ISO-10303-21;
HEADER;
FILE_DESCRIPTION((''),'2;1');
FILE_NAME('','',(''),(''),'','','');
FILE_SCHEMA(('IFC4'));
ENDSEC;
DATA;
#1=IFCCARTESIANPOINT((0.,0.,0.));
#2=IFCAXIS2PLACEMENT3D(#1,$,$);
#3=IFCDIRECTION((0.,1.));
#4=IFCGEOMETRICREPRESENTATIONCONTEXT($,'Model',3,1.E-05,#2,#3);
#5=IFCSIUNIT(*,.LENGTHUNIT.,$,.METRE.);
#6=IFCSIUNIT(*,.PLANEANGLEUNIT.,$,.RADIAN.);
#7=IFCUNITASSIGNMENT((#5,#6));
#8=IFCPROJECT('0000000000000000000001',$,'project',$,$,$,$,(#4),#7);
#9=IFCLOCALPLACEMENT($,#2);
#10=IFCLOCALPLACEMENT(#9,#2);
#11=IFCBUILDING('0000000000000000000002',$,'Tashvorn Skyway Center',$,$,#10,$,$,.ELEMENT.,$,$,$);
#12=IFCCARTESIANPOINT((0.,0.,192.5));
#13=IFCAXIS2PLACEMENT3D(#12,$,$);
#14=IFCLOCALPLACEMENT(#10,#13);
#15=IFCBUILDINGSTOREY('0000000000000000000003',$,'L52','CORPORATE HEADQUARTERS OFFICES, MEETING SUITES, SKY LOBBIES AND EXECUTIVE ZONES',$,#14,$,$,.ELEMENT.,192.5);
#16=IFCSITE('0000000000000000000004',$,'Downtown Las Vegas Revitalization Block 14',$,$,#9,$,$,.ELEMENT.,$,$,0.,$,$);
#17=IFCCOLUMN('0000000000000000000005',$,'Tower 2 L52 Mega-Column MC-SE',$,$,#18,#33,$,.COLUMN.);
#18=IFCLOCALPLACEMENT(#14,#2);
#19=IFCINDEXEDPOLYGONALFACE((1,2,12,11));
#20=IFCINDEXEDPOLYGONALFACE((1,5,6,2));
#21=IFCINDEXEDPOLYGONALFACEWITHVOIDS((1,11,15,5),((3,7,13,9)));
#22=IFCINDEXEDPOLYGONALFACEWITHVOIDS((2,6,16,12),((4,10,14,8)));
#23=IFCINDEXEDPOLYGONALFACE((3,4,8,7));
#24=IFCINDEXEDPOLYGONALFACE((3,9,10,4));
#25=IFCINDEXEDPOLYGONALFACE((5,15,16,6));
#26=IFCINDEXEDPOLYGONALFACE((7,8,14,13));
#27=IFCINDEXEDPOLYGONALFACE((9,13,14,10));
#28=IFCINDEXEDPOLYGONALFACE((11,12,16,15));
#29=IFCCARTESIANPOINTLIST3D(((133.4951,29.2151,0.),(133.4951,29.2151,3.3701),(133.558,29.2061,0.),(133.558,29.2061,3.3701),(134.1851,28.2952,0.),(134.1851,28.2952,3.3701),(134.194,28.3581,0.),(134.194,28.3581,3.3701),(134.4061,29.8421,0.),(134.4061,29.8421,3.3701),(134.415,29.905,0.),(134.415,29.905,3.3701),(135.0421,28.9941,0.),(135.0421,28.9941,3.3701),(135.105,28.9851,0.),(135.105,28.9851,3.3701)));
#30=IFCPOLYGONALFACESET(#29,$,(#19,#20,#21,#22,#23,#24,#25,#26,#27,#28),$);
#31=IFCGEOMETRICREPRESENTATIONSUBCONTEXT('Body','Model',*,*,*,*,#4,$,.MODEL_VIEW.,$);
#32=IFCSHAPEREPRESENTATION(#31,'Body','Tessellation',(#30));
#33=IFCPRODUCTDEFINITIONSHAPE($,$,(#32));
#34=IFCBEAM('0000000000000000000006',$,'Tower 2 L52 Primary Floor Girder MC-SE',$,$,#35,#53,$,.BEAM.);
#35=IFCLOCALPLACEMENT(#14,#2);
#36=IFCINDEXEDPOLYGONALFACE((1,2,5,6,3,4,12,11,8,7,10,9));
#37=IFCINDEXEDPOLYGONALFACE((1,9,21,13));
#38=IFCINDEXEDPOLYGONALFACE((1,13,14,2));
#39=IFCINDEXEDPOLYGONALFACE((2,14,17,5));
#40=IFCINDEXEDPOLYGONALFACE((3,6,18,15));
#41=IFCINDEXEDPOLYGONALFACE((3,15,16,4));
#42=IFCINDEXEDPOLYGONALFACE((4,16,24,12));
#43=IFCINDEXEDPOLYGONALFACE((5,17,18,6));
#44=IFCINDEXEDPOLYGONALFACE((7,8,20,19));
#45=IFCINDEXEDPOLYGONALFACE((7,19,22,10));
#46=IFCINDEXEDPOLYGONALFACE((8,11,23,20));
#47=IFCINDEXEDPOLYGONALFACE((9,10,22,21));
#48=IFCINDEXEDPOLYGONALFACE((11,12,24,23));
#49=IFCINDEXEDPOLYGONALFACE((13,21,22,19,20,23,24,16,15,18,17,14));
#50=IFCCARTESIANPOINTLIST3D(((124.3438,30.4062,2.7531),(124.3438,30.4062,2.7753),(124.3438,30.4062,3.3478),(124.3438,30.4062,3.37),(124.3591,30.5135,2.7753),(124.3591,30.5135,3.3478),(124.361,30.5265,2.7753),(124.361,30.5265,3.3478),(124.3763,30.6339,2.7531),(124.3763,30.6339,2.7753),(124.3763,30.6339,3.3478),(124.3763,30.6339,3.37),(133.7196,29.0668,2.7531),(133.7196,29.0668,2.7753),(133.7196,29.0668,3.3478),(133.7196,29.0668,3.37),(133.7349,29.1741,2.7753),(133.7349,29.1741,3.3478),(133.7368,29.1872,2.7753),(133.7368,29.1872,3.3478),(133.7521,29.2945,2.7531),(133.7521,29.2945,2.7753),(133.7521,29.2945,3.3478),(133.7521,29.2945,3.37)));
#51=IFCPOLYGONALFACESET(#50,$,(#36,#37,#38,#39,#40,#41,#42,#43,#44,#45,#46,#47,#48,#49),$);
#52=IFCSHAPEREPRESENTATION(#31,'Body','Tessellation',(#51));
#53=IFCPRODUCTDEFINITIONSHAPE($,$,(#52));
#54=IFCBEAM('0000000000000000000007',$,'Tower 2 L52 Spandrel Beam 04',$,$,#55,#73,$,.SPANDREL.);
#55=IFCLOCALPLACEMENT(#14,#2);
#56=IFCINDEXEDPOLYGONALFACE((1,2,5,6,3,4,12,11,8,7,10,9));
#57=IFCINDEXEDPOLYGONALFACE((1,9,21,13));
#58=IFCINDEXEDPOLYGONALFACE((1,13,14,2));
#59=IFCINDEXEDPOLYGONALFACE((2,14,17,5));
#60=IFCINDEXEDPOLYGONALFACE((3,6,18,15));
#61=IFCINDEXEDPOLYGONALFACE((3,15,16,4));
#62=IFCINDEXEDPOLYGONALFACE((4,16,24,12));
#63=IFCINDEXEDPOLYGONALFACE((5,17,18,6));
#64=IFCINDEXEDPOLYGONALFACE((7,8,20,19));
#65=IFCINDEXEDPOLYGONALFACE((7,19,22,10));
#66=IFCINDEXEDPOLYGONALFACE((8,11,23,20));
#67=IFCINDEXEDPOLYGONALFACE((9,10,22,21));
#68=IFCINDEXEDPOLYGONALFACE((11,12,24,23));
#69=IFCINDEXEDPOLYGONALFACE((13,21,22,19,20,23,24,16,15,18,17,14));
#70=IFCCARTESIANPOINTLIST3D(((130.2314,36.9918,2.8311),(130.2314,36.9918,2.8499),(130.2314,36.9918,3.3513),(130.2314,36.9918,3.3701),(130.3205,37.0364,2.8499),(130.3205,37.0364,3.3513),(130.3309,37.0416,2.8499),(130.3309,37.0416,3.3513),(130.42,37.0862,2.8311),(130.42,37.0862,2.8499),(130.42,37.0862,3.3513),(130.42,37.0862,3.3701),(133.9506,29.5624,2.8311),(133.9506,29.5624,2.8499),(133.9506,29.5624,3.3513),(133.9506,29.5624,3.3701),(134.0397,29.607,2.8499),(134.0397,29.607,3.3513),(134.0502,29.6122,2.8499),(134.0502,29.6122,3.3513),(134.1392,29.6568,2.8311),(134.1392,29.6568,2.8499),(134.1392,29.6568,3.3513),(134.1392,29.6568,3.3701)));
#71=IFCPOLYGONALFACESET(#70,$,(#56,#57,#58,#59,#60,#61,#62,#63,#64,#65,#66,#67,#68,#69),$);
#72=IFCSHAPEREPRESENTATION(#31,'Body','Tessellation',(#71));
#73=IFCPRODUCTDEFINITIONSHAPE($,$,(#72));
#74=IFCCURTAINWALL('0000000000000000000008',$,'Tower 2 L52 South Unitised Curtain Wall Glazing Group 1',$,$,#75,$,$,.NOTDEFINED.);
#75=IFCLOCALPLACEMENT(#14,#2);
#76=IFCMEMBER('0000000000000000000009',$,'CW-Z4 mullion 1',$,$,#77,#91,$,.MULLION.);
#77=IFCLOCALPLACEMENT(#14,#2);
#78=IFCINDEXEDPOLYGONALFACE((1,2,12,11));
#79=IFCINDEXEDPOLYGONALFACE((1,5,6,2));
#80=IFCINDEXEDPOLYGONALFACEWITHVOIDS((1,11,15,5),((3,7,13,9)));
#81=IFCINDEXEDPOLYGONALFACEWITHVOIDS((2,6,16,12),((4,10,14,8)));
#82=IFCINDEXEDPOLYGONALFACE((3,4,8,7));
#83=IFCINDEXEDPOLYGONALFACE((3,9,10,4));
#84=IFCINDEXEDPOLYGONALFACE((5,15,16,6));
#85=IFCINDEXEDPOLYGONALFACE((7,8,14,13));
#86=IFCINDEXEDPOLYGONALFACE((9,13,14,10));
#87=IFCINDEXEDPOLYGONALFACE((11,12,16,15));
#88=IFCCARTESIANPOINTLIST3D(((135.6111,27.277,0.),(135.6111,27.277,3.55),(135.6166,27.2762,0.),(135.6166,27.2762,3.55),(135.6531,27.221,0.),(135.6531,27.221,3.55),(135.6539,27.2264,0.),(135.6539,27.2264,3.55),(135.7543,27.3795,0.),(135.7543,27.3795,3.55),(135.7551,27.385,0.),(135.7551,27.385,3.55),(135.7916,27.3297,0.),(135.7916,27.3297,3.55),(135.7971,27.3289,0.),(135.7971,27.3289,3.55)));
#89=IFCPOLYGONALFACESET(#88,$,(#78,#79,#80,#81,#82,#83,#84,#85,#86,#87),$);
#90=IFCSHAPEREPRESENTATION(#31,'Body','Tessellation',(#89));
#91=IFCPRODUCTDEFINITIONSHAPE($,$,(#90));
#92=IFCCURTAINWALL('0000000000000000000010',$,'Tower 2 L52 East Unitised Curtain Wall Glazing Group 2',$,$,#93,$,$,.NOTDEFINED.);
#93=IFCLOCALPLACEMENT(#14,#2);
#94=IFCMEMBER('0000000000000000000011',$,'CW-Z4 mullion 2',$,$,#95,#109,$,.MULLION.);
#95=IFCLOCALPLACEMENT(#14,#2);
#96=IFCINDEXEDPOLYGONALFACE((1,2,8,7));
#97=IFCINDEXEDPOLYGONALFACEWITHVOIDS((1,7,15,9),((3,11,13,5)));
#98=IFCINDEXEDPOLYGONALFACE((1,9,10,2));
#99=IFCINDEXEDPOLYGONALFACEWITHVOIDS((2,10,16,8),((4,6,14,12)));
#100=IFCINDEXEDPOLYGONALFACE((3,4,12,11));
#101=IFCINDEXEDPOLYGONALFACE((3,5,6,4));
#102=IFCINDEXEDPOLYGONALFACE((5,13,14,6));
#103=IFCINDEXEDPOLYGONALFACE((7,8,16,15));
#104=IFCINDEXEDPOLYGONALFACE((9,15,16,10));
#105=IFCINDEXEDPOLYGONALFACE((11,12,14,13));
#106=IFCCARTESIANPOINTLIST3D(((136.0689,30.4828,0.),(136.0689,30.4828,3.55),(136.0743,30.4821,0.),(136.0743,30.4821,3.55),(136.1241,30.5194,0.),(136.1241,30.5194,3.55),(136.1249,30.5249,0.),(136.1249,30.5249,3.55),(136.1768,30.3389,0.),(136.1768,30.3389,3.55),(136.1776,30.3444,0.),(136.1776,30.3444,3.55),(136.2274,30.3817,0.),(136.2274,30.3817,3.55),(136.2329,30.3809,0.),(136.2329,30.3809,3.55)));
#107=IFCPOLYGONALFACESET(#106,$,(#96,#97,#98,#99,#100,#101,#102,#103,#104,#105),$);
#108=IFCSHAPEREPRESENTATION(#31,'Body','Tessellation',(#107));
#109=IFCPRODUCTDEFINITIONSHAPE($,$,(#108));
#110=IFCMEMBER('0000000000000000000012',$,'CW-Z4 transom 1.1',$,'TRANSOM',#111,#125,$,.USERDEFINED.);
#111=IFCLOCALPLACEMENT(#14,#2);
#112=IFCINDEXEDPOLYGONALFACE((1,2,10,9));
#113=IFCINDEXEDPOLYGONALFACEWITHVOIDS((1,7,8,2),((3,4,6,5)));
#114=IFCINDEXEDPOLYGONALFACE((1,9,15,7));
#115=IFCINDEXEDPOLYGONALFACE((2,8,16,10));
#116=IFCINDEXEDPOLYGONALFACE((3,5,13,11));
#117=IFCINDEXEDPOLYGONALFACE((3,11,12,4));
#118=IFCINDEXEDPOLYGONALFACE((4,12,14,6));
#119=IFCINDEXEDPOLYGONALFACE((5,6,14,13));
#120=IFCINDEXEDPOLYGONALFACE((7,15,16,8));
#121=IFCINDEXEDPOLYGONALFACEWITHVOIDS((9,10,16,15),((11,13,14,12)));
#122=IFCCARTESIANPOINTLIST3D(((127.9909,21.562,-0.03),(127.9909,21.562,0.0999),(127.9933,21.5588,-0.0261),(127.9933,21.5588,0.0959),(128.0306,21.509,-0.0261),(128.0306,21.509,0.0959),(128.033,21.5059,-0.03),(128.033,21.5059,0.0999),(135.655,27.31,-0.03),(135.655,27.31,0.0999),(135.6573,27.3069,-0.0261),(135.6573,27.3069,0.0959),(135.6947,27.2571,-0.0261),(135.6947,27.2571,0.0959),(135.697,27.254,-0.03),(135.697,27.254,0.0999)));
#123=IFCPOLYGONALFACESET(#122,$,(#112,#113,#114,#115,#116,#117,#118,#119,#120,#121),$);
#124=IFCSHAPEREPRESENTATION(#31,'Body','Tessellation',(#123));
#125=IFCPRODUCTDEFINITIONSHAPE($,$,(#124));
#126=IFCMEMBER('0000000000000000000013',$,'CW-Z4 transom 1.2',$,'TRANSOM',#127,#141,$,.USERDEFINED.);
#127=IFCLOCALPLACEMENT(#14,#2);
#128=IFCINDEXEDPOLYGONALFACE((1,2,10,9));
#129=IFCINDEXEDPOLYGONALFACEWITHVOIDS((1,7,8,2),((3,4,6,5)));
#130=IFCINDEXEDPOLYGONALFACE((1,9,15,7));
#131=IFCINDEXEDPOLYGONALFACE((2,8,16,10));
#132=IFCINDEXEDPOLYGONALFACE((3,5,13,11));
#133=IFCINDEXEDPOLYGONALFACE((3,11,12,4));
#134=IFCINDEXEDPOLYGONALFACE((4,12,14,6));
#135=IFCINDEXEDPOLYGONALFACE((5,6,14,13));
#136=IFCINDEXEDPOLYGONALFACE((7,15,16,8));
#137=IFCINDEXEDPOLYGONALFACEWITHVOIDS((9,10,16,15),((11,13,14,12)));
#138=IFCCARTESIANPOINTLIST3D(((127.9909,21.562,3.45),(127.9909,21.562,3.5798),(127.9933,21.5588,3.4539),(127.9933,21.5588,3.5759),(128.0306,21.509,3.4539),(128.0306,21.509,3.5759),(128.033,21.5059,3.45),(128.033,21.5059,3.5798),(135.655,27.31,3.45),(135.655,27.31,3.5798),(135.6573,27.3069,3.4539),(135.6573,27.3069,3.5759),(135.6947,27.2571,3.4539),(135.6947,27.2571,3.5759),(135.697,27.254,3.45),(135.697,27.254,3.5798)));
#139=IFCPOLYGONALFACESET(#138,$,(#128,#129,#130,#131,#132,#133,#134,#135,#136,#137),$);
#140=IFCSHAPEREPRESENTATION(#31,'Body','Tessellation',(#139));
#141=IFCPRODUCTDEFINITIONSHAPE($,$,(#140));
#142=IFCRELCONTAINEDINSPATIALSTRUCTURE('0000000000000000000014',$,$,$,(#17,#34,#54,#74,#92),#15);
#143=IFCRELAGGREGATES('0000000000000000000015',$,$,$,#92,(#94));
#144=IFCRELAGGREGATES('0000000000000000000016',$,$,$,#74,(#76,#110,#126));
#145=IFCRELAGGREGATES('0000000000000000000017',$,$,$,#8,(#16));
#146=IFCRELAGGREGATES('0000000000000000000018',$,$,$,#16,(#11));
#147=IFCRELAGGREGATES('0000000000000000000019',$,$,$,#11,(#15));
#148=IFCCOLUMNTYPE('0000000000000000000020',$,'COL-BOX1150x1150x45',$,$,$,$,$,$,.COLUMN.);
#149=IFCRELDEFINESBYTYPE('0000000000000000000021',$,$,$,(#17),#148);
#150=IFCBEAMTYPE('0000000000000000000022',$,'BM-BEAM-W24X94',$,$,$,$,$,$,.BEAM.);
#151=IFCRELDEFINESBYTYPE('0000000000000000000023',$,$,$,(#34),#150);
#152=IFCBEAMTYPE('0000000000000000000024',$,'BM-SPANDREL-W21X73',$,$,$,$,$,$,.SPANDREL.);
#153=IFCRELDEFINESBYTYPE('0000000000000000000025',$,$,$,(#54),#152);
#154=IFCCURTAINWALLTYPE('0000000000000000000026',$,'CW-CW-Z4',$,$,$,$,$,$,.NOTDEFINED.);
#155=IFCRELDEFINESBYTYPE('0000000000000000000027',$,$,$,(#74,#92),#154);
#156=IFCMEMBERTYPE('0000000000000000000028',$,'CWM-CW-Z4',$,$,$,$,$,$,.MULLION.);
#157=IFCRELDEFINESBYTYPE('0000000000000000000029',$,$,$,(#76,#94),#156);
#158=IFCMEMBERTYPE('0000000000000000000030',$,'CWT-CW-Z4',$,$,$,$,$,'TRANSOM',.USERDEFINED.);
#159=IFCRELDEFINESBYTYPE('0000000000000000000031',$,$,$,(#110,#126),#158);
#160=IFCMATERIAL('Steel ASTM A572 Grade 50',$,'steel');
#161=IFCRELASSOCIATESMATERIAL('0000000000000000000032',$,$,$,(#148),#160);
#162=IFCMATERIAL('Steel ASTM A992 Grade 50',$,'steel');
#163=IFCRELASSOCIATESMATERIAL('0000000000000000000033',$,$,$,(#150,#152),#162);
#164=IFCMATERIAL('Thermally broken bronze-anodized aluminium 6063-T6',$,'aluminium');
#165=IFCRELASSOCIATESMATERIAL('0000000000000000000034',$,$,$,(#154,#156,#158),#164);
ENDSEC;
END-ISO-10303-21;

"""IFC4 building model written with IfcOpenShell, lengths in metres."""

from ifc_helpers import new_model, si_unit, direction, frame, origin, origin_2d, place, context, subcontext, project, spatial, hollow_rectangle, i_section, extrude, material, material_profile, profile_set, type_object, element, aggregate, save


model = new_model("IFC4")

# Units and contexts
model_context = context("Model", 3, precision=1e-05, world=origin(), true_north=direction((0.0, 1.0)))
body_context = subcontext(model_context, "Body", "Model", "MODEL_VIEW")
ifc_project = project(units=[si_unit("LENGTHUNIT", "METRE"), si_unit("PLANEANGLEUNIT", "RADIAN")], contexts=[model_context])

# Site, building, storey
site_placement = place(None, origin())
site = spatial("IfcSite", under=ifc_project, at=site_placement, Name="Downtown Las Vegas Revitalization Block 14", CompositionType="ELEMENT", RefElevation=0.0)
building_placement = place(site_placement, origin())
building = spatial("IfcBuilding", under=site, at=building_placement, Name="Tashvorn Skyway Center", CompositionType="ELEMENT")
storey_placement = place(building_placement, frame((0.0, 0.0, 192.5)))
storey = spatial("IfcBuildingStorey", under=building, at=storey_placement, Name="L52", Description="CORPORATE HEADQUARTERS OFFICES, MEETING SUITES, SKY LOBBIES AND EXECUTIVE ZONES", CompositionType="ELEMENT", Elevation=192.5)

# Column
ifc_material_1 = material(Name="Steel ASTM A572 Grade 50", Category="steel")
ifc_material_profile_1 = material_profile(ifc_material_1, hollow_rectangle(XDim=1.1499, YDim=1.1499, WallThickness=0.0449, at=origin_2d()), Name="BOX1150x1150x45")
ifc_profile_set_1 = profile_set([ifc_material_profile_1], Name="Steel ASTM A572 Grade 50")
column_type = type_object("IfcColumnType", Name="COL-BOX1150x1150x45", PredefinedType="COLUMN", material=ifc_profile_set_1)
column_placement = place(storey_placement, frame((134.3, 29.1001, 0.0), z_axis=(0.0, 0.0, 1.0), x_axis=(0.8, 0.6, 0.0)))
element("IfcColumn", 1, at=column_placement, inside=storey, type_object=column_type, Name="Tower 2 L52 Mega-Column MC-SE", PredefinedType="COLUMN", context=body_context, shape_type="SweptSolid", body=[
    extrude(hollow_rectangle(XDim=1.1499, YDim=1.1499, WallThickness=0.0449, at=origin_2d()), origin(), (0.0, 0.0, 1.0), 3.3701),
])

# Beams
ifc_material_2 = material(Name="Steel ASTM A992 Grade 50", Category="steel")
ifc_material_profile_2 = material_profile(ifc_material_2, i_section(OverallWidth=0.23, OverallDepth=0.6169, WebThickness=0.0132, FlangeThickness=0.0222, at=origin_2d()), Name="W24X94")
ifc_profile_set_2 = profile_set([ifc_material_profile_2], Name="Steel ASTM A992 Grade 50")
beam_type_1 = type_object("IfcBeamType", Name="BM-BEAM-W24X94", PredefinedType="BEAM", material=ifc_profile_set_2)
beam_1_placement = place(storey_placement, frame((133.7358, 29.1807, 3.0615), z_axis=(-0.98995, 0.141418, 0.0), x_axis=(-0.141418, -0.98995, 0.0)))
element("IfcBeam", 2, at=beam_1_placement, inside=storey, type_object=beam_type_1, Name="Tower 2 L52 Primary Floor Girder MC-SE", PredefinedType="BEAM", context=body_context, shape_type="SweptSolid", body=[
    extrude(i_section(OverallWidth=0.23, OverallDepth=0.6169, WebThickness=0.0132, FlangeThickness=0.0222, at=origin_2d()), origin(), (0.0, 0.0, 1.0), 9.4709),
])
ifc_material_profile_3 = material_profile(ifc_material_2, i_section(OverallWidth=0.2109, OverallDepth=0.5391, WebThickness=0.0117, FlangeThickness=0.0188, at=origin_2d()), Name="W21X73")
ifc_profile_set_3 = profile_set([ifc_material_profile_3], Name="Steel ASTM A992 Grade 50")
beam_type_2 = type_object("IfcBeamType", Name="BM-SPANDREL-W21X73", PredefinedType="SPANDREL", material=ifc_profile_set_3)
beam_2_placement = place(storey_placement, frame((134.0449, 29.6096, 3.1006), z_axis=(-0.447648, 0.89421, 0.0), x_axis=(-0.89421, -0.447648, 0.0)))
element("IfcBeam", 3, at=beam_2_placement, inside=storey, type_object=beam_type_2, Name="Tower 2 L52 Spandrel Beam 04", PredefinedType="SPANDREL", context=body_context, shape_type="SweptSolid", body=[
    extrude(i_section(OverallWidth=0.2109, OverallDepth=0.5391, WebThickness=0.0117, FlangeThickness=0.0188, at=origin_2d()), origin(), (0.0, 0.0, 1.0), 8.3083),
])

# Curtain walls, members
ifc_material_3 = material(Name="Thermally broken bronze-anodized aluminium 6063-T6", Category="aluminium")
curtain_wall_type = type_object("IfcCurtainWallType", Name="CW-CW-Z4", PredefinedType="NOTDEFINED", material=ifc_material_3)
curtain_wall_1_placement = place(storey_placement, origin())
curtain_wall_1 = element("IfcCurtainWall", 4, at=curtain_wall_1_placement, inside=storey, type_object=curtain_wall_type, Name="Tower 2 L52 South Unitised Curtain Wall Glazing Group 1", PredefinedType="NOTDEFINED")
ifc_material_profile_4 = material_profile(ifc_material_3, hollow_rectangle(XDim=0.0701, YDim=0.1799, WallThickness=0.0039, at=origin_2d()), Name="ALU-MULL-70x180")
ifc_profile_set_4 = profile_set([ifc_material_profile_4], Name="Thermally broken bronze-anodized aluminium 6063-T6")
member_type_1 = type_object("IfcMemberType", Name="CWM-CW-Z4", PredefinedType="MULLION", material=ifc_profile_set_4)
member_1_placement = place(storey_placement, frame((135.7041, 27.303, 0.0), z_axis=(0.0, 0.0, 1.0), x_axis=(0.6, -0.8, 0.0)))
member_1 = element("IfcMember", 5, at=member_1_placement, type_object=member_type_1, Name="CW-Z4 mullion 1", PredefinedType="MULLION", context=body_context, shape_type="SweptSolid", body=[
    extrude(hollow_rectangle(XDim=0.0701, YDim=0.1799, WallThickness=0.0039, at=origin_2d()), origin(), (0.0, 0.0, 1.0), 3.55),
])
curtain_wall_2_placement = place(storey_placement, origin())
curtain_wall_2 = element("IfcCurtainWall", 6, at=curtain_wall_2_placement, inside=storey, type_object=curtain_wall_type, Name="Tower 2 L52 East Unitised Curtain Wall Glazing Group 2", PredefinedType="NOTDEFINED")
member_2_placement = place(storey_placement, frame((136.1509, 30.4319, 0.0), z_axis=(0.0, 0.0, 1.0), x_axis=(0.8, 0.6, 0.0)))
member_2 = element("IfcMember", 7, at=member_2_placement, type_object=member_type_1, Name="CW-Z4 mullion 2", PredefinedType="MULLION", context=body_context, shape_type="SweptSolid", body=[
    extrude(hollow_rectangle(XDim=0.0701, YDim=0.1799, WallThickness=0.0039, at=origin_2d()), origin(), (0.0, 0.0, 1.0), 3.55),
])
aggregate(curtain_wall_2, [member_2])

# Members
ifc_material_profile_5 = material_profile(ifc_material_3, hollow_rectangle(XDim=0.0701, YDim=0.1299, WallThickness=0.0039, at=origin_2d()), Name="ALU-TRAN-70x130")
ifc_profile_set_5 = profile_set([ifc_material_profile_5], Name="Thermally broken bronze-anodized aluminium 6063-T6")
member_type_2 = type_object("IfcMemberType", Name="CWT-CW-Z4", ElementType="TRANSOM", PredefinedType="USERDEFINED", material=ifc_profile_set_5)
member_3_placement = place(storey_placement, frame((135.676, 27.282, 0.0349), z_axis=(-0.8, -0.6, 0.0), x_axis=(0.6, -0.8, 0.0)))
member_3 = element("IfcMember", 8, at=member_3_placement, type_object=member_type_2, Name="CW-Z4 transom 1.1", ObjectType="TRANSOM", PredefinedType="USERDEFINED", context=body_context, shape_type="SweptSolid", body=[
    extrude(hollow_rectangle(XDim=0.0701, YDim=0.1299, WallThickness=0.0039, at=origin_2d()), origin(), (0.0, 0.0, 1.0), 9.5801),
])
member_4_placement = place(storey_placement, frame((135.676, 27.282, 3.5149), z_axis=(-0.8, -0.6, 0.0), x_axis=(0.6, -0.8, 0.0)))
member_4 = element("IfcMember", 9, at=member_4_placement, type_object=member_type_2, Name="CW-Z4 transom 1.2", ObjectType="TRANSOM", PredefinedType="USERDEFINED", context=body_context, shape_type="SweptSolid", body=[
    extrude(hollow_rectangle(XDim=0.0701, YDim=0.1299, WallThickness=0.0039, at=origin_2d()), origin(), (0.0, 0.0, 1.0), 9.5801),
])
aggregate(curtain_wall_1, [member_1, member_3, member_4])

save(model, "model.ifc")
